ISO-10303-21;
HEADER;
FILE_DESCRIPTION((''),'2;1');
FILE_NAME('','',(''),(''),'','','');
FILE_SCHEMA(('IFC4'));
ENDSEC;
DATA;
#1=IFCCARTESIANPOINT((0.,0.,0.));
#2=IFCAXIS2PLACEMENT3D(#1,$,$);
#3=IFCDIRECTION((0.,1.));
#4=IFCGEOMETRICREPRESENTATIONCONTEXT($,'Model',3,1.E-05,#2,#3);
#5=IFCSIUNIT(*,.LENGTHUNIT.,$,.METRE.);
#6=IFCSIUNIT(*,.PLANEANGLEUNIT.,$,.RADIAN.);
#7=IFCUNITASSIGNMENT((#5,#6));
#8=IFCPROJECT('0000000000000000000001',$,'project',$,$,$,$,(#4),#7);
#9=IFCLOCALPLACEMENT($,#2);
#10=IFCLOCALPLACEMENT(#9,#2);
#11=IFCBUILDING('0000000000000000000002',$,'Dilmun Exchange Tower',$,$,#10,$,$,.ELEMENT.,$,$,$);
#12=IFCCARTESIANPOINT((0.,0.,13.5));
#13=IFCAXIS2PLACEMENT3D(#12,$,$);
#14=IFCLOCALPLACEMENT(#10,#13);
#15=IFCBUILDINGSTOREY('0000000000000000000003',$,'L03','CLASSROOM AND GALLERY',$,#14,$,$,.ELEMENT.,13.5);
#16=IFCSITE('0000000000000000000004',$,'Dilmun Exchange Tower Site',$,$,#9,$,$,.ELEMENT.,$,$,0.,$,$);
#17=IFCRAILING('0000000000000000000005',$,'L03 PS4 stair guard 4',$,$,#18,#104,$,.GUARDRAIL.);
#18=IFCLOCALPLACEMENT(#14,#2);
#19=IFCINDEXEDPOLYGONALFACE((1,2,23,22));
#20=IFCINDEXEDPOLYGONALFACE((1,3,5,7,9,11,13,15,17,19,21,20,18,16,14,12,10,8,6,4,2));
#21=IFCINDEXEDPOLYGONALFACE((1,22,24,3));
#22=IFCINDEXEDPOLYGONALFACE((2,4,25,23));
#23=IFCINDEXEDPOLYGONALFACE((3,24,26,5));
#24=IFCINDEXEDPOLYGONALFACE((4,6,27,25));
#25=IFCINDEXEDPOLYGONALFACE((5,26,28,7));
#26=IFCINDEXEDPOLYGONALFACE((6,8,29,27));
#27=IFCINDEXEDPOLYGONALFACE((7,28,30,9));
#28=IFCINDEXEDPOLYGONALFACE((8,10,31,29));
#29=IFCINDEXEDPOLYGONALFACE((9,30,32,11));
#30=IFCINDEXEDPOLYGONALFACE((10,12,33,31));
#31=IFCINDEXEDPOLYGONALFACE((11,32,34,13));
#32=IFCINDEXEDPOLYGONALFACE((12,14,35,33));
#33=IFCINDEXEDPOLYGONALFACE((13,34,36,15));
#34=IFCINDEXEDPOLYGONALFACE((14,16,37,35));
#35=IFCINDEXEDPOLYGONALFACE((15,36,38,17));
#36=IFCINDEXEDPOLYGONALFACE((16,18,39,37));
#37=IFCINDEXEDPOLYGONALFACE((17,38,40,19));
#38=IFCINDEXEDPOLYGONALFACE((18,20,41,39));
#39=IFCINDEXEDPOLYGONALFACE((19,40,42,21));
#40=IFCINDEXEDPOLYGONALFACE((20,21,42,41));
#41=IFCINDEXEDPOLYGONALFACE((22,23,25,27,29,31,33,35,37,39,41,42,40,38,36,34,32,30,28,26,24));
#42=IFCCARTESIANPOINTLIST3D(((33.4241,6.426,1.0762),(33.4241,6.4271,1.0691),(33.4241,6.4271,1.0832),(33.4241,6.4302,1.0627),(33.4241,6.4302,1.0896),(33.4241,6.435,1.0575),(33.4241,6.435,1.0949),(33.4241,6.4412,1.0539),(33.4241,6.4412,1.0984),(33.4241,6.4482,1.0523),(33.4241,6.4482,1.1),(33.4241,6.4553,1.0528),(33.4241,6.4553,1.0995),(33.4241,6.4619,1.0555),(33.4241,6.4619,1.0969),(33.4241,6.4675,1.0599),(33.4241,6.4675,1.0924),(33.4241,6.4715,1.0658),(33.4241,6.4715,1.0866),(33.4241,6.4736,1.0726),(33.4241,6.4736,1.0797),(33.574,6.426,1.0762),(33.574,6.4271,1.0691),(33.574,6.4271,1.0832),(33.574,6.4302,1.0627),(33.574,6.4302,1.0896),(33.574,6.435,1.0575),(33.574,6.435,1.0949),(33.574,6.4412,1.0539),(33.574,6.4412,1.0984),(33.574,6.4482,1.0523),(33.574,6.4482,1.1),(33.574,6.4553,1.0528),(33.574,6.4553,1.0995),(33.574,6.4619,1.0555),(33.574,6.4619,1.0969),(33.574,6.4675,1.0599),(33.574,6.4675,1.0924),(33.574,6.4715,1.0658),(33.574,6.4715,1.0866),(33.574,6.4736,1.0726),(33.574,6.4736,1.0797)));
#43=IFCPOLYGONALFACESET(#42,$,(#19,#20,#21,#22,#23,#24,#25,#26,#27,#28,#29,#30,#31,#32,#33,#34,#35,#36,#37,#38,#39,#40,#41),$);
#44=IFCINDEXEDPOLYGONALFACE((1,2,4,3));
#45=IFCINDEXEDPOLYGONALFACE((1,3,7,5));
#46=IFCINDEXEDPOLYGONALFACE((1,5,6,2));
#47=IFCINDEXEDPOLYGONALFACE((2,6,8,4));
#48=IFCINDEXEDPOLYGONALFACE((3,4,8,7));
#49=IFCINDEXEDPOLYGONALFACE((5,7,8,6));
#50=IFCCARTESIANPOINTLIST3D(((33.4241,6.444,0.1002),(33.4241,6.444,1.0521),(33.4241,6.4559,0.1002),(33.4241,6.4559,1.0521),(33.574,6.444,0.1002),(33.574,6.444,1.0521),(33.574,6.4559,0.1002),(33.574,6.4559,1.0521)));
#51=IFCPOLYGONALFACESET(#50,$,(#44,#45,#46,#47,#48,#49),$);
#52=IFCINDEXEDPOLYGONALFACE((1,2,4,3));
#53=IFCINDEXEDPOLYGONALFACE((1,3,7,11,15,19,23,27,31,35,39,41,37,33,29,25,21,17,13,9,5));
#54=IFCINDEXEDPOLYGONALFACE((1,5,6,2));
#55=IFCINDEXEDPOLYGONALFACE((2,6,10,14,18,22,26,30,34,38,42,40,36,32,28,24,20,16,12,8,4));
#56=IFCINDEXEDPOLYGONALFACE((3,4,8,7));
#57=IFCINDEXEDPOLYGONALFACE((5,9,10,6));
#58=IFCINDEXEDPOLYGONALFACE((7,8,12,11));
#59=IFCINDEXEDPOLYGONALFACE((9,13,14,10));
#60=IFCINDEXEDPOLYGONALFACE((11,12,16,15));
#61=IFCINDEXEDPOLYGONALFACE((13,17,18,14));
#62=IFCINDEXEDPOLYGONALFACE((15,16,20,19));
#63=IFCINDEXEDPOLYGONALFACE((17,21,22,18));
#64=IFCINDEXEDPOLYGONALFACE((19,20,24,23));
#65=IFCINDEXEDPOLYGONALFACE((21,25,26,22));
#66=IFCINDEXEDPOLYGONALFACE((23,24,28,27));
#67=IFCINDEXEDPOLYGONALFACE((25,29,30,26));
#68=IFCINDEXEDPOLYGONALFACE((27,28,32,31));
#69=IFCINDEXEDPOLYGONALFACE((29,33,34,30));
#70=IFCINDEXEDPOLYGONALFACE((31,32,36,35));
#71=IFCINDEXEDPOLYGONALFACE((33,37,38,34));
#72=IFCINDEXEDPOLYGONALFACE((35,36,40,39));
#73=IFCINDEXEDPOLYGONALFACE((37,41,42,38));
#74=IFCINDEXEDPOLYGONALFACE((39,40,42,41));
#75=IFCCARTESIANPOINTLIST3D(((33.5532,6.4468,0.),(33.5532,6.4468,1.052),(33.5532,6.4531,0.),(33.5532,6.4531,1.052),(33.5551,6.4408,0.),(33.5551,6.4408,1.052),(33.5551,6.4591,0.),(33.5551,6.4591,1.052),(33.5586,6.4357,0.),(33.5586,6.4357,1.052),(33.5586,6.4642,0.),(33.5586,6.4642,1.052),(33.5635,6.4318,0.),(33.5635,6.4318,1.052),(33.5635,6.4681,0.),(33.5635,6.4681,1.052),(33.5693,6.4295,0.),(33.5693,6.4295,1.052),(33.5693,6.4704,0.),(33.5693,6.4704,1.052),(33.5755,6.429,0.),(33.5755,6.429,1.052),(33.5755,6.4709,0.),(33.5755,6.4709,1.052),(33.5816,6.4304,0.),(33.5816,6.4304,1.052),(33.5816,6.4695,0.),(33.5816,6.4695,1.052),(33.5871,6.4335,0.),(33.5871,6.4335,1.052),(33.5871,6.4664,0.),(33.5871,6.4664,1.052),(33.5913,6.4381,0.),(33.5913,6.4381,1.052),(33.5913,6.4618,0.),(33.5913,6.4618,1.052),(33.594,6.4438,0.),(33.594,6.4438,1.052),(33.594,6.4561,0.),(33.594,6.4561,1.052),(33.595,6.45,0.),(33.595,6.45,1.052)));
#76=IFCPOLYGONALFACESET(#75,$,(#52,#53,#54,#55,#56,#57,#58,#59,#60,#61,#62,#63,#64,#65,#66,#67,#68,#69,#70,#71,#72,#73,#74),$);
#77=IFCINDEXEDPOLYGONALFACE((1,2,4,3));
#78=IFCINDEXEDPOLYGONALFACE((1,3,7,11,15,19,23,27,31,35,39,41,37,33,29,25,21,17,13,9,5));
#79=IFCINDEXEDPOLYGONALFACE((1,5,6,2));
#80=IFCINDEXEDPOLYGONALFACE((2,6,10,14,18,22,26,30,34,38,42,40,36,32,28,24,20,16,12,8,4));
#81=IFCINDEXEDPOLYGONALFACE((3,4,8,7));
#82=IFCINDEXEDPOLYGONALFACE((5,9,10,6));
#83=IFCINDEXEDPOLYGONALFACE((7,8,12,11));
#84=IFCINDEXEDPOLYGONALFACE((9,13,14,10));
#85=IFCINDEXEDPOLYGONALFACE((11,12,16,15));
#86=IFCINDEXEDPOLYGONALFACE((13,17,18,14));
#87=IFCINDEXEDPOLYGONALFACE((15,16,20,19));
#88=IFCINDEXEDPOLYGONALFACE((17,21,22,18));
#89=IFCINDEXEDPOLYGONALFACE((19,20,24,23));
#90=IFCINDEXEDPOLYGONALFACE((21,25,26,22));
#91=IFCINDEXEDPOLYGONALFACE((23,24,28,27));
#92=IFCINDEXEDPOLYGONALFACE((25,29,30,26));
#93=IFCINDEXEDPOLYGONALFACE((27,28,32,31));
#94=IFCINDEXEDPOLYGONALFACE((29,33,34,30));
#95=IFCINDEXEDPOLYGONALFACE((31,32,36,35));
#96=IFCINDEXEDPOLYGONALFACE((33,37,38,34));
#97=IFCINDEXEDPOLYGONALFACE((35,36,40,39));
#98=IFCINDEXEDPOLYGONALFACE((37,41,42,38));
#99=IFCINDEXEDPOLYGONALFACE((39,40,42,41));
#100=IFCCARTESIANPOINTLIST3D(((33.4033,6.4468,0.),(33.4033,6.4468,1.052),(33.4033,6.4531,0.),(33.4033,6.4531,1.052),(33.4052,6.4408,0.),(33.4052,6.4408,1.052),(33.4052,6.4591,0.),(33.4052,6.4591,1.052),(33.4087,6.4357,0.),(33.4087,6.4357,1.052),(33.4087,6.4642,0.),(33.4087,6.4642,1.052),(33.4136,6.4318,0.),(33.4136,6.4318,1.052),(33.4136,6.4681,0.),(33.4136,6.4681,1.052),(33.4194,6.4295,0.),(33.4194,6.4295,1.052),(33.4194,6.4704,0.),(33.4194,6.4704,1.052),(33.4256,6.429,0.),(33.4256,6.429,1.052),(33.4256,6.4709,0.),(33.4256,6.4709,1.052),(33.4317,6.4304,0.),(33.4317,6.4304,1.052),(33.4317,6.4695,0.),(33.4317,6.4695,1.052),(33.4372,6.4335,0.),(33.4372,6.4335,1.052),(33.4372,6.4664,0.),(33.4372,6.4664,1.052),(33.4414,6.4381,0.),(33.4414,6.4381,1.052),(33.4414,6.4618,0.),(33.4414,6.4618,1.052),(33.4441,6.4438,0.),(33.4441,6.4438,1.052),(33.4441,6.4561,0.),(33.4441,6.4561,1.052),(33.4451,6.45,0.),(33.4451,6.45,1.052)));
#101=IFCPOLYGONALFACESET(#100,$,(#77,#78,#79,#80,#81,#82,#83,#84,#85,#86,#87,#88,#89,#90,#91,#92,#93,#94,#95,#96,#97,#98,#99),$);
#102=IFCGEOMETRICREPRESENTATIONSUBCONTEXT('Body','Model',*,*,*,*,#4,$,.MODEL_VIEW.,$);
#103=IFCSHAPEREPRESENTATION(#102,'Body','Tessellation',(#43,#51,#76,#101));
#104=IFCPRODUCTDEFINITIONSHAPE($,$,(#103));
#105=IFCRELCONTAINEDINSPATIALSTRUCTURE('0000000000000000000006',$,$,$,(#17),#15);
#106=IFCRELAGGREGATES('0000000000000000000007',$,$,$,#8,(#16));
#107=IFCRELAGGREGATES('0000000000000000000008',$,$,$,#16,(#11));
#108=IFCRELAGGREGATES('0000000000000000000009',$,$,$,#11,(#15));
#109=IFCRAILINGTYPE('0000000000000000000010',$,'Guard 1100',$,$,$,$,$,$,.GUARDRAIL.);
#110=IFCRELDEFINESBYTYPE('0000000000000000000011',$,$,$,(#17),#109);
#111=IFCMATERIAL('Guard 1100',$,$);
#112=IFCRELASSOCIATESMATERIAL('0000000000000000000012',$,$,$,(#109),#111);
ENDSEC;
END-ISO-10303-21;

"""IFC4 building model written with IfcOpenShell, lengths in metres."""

from ifc_helpers import new_model, si_unit, direction, frame, origin, origin_2d, place, context, subcontext, project, spatial, rectangle, circle, extrude, material, type_object, element, save


model = new_model("IFC4")

# Units and contexts
model_context = context("Model", 3, precision=1e-05, world=origin(), true_north=direction((0.0, 1.0)))
body_context = subcontext(model_context, "Body", "Model", "MODEL_VIEW")
ifc_project = project(units=[si_unit("LENGTHUNIT", "METRE"), si_unit("PLANEANGLEUNIT", "RADIAN")], contexts=[model_context])

# Site, building, storey
site_placement = place(None, origin())
site = spatial("IfcSite", under=ifc_project, at=site_placement, Name="Dilmun Exchange Tower Site", CompositionType="ELEMENT", RefElevation=0.0)
building_placement = place(site_placement, origin())
building = spatial("IfcBuilding", under=site, at=building_placement, Name="Dilmun Exchange Tower", CompositionType="ELEMENT")
storey_placement = place(building_placement, frame((0.0, 0.0, 13.5)))
storey = spatial("IfcBuildingStorey", under=building, at=storey_placement, Name="L03", Description="CLASSROOM AND GALLERY", CompositionType="ELEMENT", Elevation=13.5)

# Railing
ifc_material_1 = material(Name="Guard 1100")
railing_type_1 = type_object("IfcRailingType", Name="Guard 1100", PredefinedType="GUARDRAIL", material=ifc_material_1)
railing_1_placement = place(storey_placement, frame((33.574, 6.45, 0.0)))
element("IfcRailing", 1, at=railing_1_placement, inside=storey, type_object=railing_type_1, Name="L03 PS4 stair guard 4", PredefinedType="GUARDRAIL", context=body_context, shape_type="SweptSolid", body=[
    extrude(circle(Radius=0.0239, at=origin_2d()), frame((0.0, 0.0, 1.0762), z_axis=(-1.0, 0.0, 0.0), x_axis=(0.0, -1.0, 0.0)), (0.0, 0.0, 1.0), 0.1499),
    extrude(rectangle(XDim=0.012, YDim=0.9519, at=origin_2d()), frame((0.0, 0.0, 0.5762), z_axis=(-1.0, 0.0, 0.0), x_axis=(0.0, -1.0, 0.0)), (0.0, 0.0, 1.0), 0.1499),
    extrude(circle(Radius=0.021, at=origin_2d()), origin(), (0.0, 0.0, 1.0), 1.052),
    extrude(circle(Radius=0.021, at=origin_2d()), frame((-0.1499, 0.0, 0.0)), (0.0, 0.0, 1.0), 1.052),
])

save(model, "model.ifc")
